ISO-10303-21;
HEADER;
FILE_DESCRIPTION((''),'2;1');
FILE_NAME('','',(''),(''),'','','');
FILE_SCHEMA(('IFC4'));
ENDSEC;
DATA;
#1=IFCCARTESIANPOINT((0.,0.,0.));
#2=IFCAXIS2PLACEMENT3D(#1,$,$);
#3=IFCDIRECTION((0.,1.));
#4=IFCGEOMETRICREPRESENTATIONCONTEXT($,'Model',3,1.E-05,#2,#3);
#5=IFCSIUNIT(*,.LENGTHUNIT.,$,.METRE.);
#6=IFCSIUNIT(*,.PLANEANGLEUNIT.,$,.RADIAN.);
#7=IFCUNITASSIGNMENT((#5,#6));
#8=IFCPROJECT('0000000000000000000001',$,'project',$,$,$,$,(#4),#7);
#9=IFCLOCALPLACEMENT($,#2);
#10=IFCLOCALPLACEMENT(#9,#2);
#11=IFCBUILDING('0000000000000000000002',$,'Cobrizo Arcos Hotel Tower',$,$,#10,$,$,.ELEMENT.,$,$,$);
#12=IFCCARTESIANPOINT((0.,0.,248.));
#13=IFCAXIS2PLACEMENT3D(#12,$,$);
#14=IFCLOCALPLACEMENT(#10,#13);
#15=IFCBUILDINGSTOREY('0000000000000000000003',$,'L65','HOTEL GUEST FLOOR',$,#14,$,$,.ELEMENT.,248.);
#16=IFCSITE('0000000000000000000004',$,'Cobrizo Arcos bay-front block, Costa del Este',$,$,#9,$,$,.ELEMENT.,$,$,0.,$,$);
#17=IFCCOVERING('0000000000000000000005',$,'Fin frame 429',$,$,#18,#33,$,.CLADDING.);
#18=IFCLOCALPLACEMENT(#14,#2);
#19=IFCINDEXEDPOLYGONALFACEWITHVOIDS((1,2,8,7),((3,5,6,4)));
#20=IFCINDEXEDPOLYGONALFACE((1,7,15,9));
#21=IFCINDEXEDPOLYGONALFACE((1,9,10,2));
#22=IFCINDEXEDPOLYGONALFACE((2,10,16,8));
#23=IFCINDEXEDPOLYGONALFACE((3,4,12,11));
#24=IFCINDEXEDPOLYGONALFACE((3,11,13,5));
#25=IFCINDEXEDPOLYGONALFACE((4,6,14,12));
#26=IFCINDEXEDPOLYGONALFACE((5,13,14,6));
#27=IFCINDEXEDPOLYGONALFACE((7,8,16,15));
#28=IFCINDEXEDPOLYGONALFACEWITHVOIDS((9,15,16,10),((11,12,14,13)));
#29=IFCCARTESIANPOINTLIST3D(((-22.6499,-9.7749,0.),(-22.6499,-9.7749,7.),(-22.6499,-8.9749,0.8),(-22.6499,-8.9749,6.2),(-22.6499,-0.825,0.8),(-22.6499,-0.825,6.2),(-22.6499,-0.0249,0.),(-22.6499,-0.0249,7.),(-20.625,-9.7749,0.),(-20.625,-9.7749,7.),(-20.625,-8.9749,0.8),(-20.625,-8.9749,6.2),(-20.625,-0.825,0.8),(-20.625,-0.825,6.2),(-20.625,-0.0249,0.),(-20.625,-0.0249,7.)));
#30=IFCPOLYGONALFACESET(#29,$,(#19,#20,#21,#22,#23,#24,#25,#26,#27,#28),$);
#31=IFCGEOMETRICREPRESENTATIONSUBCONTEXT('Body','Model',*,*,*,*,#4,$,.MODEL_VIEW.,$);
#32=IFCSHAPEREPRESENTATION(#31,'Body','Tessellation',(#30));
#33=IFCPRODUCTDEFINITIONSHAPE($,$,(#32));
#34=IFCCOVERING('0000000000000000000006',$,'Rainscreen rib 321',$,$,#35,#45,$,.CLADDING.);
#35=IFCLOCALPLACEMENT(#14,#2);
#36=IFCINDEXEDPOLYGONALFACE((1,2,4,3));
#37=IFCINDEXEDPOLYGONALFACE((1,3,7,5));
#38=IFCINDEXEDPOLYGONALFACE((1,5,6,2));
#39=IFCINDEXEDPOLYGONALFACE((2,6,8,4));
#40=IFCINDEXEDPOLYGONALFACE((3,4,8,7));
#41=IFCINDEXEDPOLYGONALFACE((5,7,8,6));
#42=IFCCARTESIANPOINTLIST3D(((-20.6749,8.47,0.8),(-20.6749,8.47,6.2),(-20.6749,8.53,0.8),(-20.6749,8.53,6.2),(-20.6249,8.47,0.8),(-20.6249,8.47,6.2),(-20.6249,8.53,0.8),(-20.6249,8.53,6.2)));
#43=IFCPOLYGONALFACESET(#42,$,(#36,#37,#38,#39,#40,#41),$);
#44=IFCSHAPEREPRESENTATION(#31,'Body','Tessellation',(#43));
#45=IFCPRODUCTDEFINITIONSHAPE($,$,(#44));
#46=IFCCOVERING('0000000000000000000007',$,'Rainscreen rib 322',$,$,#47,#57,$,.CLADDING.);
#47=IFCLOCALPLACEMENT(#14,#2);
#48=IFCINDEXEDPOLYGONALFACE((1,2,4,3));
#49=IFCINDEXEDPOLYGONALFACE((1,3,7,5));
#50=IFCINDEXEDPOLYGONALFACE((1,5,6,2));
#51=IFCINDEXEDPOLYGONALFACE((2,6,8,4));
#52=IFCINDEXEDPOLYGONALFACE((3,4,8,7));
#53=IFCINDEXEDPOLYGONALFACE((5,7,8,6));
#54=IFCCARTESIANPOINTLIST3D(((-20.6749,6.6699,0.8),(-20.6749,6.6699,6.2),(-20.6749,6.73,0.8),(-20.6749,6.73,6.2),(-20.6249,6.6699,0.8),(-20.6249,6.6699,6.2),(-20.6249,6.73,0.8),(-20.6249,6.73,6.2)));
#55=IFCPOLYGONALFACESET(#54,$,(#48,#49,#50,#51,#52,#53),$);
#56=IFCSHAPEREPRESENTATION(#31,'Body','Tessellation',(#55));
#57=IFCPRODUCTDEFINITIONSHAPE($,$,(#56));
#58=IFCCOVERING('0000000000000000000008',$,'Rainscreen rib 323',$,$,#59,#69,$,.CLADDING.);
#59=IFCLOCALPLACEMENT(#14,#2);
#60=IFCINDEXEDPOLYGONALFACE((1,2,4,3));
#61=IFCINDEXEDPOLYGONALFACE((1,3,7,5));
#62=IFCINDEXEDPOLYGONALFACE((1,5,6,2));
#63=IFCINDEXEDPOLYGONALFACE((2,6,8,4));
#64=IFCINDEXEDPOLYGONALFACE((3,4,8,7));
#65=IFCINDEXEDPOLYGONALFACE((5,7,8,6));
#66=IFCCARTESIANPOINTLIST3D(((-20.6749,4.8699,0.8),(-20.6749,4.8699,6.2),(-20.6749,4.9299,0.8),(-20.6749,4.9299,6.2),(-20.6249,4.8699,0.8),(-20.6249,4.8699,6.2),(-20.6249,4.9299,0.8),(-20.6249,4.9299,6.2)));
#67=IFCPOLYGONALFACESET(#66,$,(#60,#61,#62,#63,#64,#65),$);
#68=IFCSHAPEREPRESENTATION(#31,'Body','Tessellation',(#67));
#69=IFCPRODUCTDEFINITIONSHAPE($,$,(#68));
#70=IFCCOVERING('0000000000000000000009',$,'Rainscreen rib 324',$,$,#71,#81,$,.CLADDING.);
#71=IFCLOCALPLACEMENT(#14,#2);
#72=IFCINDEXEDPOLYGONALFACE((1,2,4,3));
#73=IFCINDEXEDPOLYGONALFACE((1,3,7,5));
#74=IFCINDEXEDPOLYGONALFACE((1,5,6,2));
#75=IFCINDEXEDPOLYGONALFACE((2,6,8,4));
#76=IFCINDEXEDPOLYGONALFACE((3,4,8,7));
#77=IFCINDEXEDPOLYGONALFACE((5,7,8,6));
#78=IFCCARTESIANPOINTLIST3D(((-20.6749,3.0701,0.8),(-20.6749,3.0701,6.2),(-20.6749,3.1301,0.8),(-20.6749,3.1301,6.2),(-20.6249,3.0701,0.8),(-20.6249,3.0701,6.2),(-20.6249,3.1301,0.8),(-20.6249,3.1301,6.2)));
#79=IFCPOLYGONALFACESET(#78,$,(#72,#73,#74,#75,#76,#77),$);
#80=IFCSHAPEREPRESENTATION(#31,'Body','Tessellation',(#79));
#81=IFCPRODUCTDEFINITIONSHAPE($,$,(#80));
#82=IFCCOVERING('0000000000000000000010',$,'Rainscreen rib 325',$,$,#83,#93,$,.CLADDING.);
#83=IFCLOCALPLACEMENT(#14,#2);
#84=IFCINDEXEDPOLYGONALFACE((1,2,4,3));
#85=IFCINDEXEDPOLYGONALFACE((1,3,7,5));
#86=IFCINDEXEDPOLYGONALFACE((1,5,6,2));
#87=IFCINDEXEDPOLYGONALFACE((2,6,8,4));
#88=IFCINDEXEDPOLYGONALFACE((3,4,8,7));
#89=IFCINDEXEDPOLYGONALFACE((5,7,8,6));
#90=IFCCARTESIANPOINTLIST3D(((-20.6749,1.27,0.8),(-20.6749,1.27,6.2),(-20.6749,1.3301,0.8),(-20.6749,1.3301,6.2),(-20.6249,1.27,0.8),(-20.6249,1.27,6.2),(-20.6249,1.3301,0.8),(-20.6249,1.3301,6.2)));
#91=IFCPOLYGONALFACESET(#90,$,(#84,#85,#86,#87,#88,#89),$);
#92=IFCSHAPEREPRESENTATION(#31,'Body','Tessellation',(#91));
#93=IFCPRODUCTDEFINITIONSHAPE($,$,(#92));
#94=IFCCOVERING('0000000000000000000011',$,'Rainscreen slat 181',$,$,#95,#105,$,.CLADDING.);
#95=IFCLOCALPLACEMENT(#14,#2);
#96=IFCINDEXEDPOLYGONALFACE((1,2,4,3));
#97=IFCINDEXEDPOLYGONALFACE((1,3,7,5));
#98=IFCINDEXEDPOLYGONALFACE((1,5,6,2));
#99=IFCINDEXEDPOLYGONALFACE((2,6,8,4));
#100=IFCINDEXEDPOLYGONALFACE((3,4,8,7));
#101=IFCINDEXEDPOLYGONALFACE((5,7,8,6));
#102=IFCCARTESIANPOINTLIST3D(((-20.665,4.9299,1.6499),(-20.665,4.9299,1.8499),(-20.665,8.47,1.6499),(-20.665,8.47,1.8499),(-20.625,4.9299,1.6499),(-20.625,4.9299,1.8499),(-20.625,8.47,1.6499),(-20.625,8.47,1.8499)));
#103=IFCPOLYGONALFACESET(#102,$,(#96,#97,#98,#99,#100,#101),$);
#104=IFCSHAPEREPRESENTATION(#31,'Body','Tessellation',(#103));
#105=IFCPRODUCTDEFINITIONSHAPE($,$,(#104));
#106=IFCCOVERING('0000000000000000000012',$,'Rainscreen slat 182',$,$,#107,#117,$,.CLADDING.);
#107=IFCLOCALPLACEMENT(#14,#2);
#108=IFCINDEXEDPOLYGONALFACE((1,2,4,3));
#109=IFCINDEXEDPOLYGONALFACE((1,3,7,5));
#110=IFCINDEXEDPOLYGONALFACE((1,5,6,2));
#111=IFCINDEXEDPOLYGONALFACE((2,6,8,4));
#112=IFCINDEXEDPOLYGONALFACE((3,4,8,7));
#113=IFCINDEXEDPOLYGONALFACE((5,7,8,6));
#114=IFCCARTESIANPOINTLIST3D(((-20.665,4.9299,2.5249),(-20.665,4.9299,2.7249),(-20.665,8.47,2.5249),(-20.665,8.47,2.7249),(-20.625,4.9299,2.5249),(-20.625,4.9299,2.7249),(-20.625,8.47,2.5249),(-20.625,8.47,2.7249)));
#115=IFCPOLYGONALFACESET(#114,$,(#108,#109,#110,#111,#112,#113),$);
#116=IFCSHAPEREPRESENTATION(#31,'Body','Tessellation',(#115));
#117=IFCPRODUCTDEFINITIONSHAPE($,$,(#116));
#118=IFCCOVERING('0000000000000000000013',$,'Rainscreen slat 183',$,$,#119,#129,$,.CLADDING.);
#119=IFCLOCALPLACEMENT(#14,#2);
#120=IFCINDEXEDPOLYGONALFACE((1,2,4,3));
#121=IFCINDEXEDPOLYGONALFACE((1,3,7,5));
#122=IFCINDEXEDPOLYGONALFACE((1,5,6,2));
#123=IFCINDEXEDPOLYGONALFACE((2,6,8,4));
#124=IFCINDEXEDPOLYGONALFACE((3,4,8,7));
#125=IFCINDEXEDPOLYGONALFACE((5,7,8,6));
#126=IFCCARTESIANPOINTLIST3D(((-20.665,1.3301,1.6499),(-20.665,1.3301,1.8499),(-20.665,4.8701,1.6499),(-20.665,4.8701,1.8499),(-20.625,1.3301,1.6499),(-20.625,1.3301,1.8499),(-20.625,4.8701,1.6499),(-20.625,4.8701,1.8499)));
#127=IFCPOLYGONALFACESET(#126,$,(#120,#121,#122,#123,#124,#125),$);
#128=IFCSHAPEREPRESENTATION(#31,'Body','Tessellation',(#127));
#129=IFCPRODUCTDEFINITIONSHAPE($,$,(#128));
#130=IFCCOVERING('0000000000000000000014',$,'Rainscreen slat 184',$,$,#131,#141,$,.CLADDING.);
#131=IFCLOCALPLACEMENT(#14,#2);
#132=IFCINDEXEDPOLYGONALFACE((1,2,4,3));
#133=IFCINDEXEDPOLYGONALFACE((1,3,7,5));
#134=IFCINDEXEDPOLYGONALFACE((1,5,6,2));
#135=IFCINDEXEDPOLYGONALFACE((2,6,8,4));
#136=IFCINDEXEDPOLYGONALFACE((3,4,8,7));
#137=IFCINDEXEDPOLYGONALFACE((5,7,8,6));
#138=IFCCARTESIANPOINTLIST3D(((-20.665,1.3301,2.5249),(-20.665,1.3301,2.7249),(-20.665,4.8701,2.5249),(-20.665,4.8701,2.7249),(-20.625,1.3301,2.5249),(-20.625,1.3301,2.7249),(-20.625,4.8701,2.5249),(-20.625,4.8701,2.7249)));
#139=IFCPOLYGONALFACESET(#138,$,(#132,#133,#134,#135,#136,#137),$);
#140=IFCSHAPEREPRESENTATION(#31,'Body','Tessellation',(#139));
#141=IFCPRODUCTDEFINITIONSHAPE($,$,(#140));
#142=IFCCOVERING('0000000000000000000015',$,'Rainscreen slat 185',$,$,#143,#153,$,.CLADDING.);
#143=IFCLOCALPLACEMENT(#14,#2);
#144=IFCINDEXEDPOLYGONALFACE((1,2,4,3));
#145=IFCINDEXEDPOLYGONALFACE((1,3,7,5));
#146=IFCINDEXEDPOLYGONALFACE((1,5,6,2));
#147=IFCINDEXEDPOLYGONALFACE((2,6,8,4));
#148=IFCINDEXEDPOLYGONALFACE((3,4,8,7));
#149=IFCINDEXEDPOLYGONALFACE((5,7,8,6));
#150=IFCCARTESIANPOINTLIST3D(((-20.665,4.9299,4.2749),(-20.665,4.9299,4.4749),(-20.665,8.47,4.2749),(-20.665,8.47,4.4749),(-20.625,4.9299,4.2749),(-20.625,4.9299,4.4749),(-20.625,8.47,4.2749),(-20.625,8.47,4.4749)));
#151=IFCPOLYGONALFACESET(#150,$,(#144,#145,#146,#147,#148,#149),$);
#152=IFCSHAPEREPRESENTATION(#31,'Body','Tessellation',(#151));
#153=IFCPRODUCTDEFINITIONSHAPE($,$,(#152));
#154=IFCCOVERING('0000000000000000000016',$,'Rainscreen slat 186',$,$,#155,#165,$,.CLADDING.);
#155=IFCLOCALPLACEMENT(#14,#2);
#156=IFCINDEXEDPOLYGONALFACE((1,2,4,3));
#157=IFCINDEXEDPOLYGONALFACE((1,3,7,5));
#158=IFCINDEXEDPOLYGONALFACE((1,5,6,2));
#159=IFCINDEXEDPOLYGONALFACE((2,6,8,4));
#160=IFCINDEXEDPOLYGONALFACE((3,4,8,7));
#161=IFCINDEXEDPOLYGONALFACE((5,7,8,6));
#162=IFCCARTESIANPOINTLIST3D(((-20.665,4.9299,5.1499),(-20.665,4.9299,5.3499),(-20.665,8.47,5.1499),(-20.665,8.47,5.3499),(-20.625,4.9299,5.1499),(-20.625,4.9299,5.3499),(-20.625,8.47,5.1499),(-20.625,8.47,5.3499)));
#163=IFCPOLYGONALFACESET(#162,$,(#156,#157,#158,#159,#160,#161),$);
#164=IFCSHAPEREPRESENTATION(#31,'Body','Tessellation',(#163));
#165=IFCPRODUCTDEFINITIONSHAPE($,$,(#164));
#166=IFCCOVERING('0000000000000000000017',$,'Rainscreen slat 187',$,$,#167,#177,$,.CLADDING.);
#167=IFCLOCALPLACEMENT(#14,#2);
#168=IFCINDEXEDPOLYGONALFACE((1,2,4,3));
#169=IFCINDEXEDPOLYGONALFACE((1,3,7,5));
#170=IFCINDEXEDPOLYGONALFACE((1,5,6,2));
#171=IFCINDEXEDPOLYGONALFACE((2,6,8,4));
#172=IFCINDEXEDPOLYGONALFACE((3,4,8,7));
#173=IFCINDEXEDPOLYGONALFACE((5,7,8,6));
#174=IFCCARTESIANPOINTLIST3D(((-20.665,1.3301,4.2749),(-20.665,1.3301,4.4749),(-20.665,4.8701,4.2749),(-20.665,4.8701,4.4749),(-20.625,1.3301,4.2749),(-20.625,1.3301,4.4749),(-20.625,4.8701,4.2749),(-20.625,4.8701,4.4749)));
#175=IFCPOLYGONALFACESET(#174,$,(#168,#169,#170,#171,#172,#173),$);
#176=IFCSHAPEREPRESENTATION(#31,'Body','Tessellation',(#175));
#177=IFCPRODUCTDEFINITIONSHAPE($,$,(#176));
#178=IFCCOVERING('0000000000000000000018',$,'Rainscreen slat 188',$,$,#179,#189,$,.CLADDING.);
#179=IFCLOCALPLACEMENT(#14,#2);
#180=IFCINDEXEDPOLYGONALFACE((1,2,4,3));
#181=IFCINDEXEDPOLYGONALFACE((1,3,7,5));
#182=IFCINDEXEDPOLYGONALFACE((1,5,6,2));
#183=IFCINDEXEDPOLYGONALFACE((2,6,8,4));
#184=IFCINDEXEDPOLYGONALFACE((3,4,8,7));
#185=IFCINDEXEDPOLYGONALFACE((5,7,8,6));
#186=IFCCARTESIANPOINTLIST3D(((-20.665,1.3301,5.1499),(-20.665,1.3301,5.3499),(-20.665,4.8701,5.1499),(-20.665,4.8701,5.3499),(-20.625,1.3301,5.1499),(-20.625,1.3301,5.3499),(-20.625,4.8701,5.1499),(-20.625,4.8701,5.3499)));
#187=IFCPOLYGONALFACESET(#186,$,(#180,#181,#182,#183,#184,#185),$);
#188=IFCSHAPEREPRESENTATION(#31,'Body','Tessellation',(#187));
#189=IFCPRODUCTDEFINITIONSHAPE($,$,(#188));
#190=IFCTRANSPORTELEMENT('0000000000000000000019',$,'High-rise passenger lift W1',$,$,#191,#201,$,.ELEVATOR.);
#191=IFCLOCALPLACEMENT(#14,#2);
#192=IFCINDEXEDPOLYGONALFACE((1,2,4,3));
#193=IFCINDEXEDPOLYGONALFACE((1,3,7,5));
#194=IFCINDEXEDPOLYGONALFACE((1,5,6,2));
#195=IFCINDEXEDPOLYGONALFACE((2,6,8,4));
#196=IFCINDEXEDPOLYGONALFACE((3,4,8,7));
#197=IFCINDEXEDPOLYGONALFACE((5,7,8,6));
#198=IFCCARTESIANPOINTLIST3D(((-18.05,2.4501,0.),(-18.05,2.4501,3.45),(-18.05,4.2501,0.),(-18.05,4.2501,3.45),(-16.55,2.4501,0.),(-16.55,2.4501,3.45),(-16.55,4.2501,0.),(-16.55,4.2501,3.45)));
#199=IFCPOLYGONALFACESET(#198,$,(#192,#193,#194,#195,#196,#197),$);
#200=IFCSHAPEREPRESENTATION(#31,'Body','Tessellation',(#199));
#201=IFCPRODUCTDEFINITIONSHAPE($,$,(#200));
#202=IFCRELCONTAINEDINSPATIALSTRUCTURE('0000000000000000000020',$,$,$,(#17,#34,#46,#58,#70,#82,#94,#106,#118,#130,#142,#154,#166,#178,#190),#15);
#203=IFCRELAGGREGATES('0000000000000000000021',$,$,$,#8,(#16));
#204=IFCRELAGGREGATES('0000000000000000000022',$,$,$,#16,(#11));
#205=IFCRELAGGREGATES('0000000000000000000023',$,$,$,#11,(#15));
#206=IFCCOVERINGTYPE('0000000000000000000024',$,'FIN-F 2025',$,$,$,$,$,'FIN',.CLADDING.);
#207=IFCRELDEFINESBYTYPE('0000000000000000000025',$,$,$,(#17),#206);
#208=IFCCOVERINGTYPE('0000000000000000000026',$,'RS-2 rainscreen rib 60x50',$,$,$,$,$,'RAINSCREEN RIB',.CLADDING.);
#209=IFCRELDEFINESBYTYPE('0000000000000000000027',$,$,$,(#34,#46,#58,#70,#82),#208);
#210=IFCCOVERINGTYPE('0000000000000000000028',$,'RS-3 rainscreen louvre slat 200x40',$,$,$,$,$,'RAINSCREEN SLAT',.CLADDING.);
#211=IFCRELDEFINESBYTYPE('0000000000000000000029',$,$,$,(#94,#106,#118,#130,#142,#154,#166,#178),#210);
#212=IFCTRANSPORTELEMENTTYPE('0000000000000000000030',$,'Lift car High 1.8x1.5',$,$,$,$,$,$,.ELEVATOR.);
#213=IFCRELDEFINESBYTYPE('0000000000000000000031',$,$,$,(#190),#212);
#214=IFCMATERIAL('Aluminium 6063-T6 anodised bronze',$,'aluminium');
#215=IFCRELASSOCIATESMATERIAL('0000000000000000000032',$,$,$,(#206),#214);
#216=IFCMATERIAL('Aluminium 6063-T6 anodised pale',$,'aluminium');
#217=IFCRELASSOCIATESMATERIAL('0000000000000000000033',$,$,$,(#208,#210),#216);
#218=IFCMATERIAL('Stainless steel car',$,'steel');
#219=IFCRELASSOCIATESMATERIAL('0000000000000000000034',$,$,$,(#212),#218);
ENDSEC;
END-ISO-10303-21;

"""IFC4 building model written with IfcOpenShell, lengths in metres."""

from ifc_helpers import new_model, si_unit, direction, frame, origin, origin_2d, place, context, subcontext, project, spatial, polyline, rectangle, outline, extrude, material, type_object, element, save


model = new_model("IFC4")

# Units and contexts
model_context = context("Model", 3, precision=1e-05, world=origin(), true_north=direction((0.0, 1.0)))
body_context = subcontext(model_context, "Body", "Model", "MODEL_VIEW")
ifc_project = project(units=[si_unit("LENGTHUNIT", "METRE"), si_unit("PLANEANGLEUNIT", "RADIAN")], contexts=[model_context])

# Site, building, storey
site_placement = place(None, origin())
site = spatial("IfcSite", under=ifc_project, at=site_placement, Name="Cobrizo Arcos bay-front block, Costa del Este", CompositionType="ELEMENT", RefElevation=0.0)
building_placement = place(site_placement, origin())
building = spatial("IfcBuilding", under=site, at=building_placement, Name="Cobrizo Arcos Hotel Tower", CompositionType="ELEMENT")
storey_placement = place(building_placement, frame((0.0, 0.0, 248.0)))
storey = spatial("IfcBuildingStorey", under=building, at=storey_placement, Name="L65", Description="HOTEL GUEST FLOOR", CompositionType="ELEMENT", Elevation=248.0)

# Coverings
ifc_material_1 = material(Name="Aluminium 6063-T6 anodised bronze", Category="aluminium")
covering_type_1 = type_object("IfcCoveringType", Name="FIN-F 2025", ElementType="FIN", PredefinedType="CLADDING", material=ifc_material_1)
for number, where, z_axis, x_axis, name in (
    (1, (-20.625, -0.0249, 0.0), (-1.0, 0.0, 0.0), (0.0, -1.0, 0.0), "Fin frame 429"),
):
    element("IfcCovering", number, at=place(storey_placement, frame(where, z_axis=z_axis, x_axis=x_axis)), inside=storey, type_object=covering_type_1, Name=name, PredefinedType="CLADDING", context=body_context, shape_type="SweptSolid", body=[
        extrude(outline(polyline([(0.0, 7.0), (0.0, 0.0), (9.75, 0.0), (9.75, 7.0), (0.0, 7.0)]), holes=[polyline([(8.95, 0.8), (0.8, 0.8), (0.8, 6.2), (8.95, 6.2), (8.95, 0.8)])]), origin(), (0.0, 0.0, 1.0), 2.0249),
    ])
ifc_material_2 = material(Name="Aluminium 6063-T6 anodised pale", Category="aluminium")
covering_type_2 = type_object("IfcCoveringType", Name="RS-2 rainscreen rib 60x50", ElementType="RAINSCREEN RIB", PredefinedType="CLADDING", material=ifc_material_2)
for number, where, z_axis, x_axis, name in (
    (2, (-20.6499, 8.5, 0.8), (0.0, 0.0, 1.0), (0.0, -1.0, 0.0), "Rainscreen rib 321"),
    (3, (-20.6499, 6.7, 0.8), (0.0, 0.0, 1.0), (0.0, -1.0, 0.0), "Rainscreen rib 322"),
    (4, (-20.6499, 4.8999, 0.8), (0.0, 0.0, 1.0), (0.0, -1.0, 0.0), "Rainscreen rib 323"),
    (5, (-20.6499, 3.1001, 0.8), (0.0, 0.0, 1.0), (0.0, -1.0, 0.0), "Rainscreen rib 324"),
    (6, (-20.6499, 1.3, 0.8), (0.0, 0.0, 1.0), (0.0, -1.0, 0.0), "Rainscreen rib 325"),
):
    element("IfcCovering", number, at=place(storey_placement, frame(where, z_axis=z_axis, x_axis=x_axis)), inside=storey, type_object=covering_type_2, Name=name, PredefinedType="CLADDING", context=body_context, shape_type="SweptSolid", body=[
        extrude(rectangle(XDim=0.0601, YDim=0.05, at=origin_2d()), origin(), (0.0, 0.0, 1.0), 5.3999),
    ])
covering_type_3 = type_object("IfcCoveringType", Name="RS-3 rainscreen louvre slat 200x40", ElementType="RAINSCREEN SLAT", PredefinedType="CLADDING", material=ifc_material_2)
for number, where, z_axis, x_axis, name in (
    (7, (-20.645, 6.7, 1.6499), (0.0, 0.0, 1.0), (0.0, -1.0, 0.0), "Rainscreen slat 181"),
    (8, (-20.645, 6.7, 2.5249), (0.0, 0.0, 1.0), (0.0, -1.0, 0.0), "Rainscreen slat 182"),
    (9, (-20.645, 3.1001, 1.6499), (0.0, 0.0, 1.0), (0.0, -1.0, 0.0), "Rainscreen slat 183"),
    (10, (-20.645, 3.1001, 2.5249), (0.0, 0.0, 1.0), (0.0, -1.0, 0.0), "Rainscreen slat 184"),
    (11, (-20.645, 6.7, 4.2749), (0.0, 0.0, 1.0), (0.0, -1.0, 0.0), "Rainscreen slat 185"),
    (12, (-20.645, 6.7, 5.1499), (0.0, 0.0, 1.0), (0.0, -1.0, 0.0), "Rainscreen slat 186"),
    (13, (-20.645, 3.1001, 4.2749), (0.0, 0.0, 1.0), (0.0, -1.0, 0.0), "Rainscreen slat 187"),
    (14, (-20.645, 3.1001, 5.1499), (0.0, 0.0, 1.0), (0.0, -1.0, 0.0), "Rainscreen slat 188"),
):
    element("IfcCovering", number, at=place(storey_placement, frame(where, z_axis=z_axis, x_axis=x_axis)), inside=storey, type_object=covering_type_3, Name=name, PredefinedType="CLADDING", context=body_context, shape_type="SweptSolid", body=[
        extrude(rectangle(XDim=3.54, YDim=0.04, at=origin_2d()), origin(), (0.0, 0.0, 1.0), 0.2),
    ])

# Transport element
ifc_material_3 = material(Name="Stainless steel car", Category="steel")
transport_element_type = type_object("IfcTransportElementType", Name="Lift car High 1.8x1.5", PredefinedType="ELEVATOR", material=ifc_material_3)
transport_element_placement = place(storey_placement, frame((-17.3, 3.3501, 0.0), z_axis=(0.0, 0.0, 1.0), x_axis=(1.0, 0.0, 0.0)))
element("IfcTransportElement", 15, at=transport_element_placement, inside=storey, type_object=transport_element_type, Name="High-rise passenger lift W1", PredefinedType="ELEVATOR", context=body_context, shape_type="SweptSolid", body=[
    extrude(rectangle(XDim=1.5, YDim=1.8, at=origin_2d()), origin(), (0.0, 0.0, 1.0), 3.45),
])

save(model, "model.ifc")
